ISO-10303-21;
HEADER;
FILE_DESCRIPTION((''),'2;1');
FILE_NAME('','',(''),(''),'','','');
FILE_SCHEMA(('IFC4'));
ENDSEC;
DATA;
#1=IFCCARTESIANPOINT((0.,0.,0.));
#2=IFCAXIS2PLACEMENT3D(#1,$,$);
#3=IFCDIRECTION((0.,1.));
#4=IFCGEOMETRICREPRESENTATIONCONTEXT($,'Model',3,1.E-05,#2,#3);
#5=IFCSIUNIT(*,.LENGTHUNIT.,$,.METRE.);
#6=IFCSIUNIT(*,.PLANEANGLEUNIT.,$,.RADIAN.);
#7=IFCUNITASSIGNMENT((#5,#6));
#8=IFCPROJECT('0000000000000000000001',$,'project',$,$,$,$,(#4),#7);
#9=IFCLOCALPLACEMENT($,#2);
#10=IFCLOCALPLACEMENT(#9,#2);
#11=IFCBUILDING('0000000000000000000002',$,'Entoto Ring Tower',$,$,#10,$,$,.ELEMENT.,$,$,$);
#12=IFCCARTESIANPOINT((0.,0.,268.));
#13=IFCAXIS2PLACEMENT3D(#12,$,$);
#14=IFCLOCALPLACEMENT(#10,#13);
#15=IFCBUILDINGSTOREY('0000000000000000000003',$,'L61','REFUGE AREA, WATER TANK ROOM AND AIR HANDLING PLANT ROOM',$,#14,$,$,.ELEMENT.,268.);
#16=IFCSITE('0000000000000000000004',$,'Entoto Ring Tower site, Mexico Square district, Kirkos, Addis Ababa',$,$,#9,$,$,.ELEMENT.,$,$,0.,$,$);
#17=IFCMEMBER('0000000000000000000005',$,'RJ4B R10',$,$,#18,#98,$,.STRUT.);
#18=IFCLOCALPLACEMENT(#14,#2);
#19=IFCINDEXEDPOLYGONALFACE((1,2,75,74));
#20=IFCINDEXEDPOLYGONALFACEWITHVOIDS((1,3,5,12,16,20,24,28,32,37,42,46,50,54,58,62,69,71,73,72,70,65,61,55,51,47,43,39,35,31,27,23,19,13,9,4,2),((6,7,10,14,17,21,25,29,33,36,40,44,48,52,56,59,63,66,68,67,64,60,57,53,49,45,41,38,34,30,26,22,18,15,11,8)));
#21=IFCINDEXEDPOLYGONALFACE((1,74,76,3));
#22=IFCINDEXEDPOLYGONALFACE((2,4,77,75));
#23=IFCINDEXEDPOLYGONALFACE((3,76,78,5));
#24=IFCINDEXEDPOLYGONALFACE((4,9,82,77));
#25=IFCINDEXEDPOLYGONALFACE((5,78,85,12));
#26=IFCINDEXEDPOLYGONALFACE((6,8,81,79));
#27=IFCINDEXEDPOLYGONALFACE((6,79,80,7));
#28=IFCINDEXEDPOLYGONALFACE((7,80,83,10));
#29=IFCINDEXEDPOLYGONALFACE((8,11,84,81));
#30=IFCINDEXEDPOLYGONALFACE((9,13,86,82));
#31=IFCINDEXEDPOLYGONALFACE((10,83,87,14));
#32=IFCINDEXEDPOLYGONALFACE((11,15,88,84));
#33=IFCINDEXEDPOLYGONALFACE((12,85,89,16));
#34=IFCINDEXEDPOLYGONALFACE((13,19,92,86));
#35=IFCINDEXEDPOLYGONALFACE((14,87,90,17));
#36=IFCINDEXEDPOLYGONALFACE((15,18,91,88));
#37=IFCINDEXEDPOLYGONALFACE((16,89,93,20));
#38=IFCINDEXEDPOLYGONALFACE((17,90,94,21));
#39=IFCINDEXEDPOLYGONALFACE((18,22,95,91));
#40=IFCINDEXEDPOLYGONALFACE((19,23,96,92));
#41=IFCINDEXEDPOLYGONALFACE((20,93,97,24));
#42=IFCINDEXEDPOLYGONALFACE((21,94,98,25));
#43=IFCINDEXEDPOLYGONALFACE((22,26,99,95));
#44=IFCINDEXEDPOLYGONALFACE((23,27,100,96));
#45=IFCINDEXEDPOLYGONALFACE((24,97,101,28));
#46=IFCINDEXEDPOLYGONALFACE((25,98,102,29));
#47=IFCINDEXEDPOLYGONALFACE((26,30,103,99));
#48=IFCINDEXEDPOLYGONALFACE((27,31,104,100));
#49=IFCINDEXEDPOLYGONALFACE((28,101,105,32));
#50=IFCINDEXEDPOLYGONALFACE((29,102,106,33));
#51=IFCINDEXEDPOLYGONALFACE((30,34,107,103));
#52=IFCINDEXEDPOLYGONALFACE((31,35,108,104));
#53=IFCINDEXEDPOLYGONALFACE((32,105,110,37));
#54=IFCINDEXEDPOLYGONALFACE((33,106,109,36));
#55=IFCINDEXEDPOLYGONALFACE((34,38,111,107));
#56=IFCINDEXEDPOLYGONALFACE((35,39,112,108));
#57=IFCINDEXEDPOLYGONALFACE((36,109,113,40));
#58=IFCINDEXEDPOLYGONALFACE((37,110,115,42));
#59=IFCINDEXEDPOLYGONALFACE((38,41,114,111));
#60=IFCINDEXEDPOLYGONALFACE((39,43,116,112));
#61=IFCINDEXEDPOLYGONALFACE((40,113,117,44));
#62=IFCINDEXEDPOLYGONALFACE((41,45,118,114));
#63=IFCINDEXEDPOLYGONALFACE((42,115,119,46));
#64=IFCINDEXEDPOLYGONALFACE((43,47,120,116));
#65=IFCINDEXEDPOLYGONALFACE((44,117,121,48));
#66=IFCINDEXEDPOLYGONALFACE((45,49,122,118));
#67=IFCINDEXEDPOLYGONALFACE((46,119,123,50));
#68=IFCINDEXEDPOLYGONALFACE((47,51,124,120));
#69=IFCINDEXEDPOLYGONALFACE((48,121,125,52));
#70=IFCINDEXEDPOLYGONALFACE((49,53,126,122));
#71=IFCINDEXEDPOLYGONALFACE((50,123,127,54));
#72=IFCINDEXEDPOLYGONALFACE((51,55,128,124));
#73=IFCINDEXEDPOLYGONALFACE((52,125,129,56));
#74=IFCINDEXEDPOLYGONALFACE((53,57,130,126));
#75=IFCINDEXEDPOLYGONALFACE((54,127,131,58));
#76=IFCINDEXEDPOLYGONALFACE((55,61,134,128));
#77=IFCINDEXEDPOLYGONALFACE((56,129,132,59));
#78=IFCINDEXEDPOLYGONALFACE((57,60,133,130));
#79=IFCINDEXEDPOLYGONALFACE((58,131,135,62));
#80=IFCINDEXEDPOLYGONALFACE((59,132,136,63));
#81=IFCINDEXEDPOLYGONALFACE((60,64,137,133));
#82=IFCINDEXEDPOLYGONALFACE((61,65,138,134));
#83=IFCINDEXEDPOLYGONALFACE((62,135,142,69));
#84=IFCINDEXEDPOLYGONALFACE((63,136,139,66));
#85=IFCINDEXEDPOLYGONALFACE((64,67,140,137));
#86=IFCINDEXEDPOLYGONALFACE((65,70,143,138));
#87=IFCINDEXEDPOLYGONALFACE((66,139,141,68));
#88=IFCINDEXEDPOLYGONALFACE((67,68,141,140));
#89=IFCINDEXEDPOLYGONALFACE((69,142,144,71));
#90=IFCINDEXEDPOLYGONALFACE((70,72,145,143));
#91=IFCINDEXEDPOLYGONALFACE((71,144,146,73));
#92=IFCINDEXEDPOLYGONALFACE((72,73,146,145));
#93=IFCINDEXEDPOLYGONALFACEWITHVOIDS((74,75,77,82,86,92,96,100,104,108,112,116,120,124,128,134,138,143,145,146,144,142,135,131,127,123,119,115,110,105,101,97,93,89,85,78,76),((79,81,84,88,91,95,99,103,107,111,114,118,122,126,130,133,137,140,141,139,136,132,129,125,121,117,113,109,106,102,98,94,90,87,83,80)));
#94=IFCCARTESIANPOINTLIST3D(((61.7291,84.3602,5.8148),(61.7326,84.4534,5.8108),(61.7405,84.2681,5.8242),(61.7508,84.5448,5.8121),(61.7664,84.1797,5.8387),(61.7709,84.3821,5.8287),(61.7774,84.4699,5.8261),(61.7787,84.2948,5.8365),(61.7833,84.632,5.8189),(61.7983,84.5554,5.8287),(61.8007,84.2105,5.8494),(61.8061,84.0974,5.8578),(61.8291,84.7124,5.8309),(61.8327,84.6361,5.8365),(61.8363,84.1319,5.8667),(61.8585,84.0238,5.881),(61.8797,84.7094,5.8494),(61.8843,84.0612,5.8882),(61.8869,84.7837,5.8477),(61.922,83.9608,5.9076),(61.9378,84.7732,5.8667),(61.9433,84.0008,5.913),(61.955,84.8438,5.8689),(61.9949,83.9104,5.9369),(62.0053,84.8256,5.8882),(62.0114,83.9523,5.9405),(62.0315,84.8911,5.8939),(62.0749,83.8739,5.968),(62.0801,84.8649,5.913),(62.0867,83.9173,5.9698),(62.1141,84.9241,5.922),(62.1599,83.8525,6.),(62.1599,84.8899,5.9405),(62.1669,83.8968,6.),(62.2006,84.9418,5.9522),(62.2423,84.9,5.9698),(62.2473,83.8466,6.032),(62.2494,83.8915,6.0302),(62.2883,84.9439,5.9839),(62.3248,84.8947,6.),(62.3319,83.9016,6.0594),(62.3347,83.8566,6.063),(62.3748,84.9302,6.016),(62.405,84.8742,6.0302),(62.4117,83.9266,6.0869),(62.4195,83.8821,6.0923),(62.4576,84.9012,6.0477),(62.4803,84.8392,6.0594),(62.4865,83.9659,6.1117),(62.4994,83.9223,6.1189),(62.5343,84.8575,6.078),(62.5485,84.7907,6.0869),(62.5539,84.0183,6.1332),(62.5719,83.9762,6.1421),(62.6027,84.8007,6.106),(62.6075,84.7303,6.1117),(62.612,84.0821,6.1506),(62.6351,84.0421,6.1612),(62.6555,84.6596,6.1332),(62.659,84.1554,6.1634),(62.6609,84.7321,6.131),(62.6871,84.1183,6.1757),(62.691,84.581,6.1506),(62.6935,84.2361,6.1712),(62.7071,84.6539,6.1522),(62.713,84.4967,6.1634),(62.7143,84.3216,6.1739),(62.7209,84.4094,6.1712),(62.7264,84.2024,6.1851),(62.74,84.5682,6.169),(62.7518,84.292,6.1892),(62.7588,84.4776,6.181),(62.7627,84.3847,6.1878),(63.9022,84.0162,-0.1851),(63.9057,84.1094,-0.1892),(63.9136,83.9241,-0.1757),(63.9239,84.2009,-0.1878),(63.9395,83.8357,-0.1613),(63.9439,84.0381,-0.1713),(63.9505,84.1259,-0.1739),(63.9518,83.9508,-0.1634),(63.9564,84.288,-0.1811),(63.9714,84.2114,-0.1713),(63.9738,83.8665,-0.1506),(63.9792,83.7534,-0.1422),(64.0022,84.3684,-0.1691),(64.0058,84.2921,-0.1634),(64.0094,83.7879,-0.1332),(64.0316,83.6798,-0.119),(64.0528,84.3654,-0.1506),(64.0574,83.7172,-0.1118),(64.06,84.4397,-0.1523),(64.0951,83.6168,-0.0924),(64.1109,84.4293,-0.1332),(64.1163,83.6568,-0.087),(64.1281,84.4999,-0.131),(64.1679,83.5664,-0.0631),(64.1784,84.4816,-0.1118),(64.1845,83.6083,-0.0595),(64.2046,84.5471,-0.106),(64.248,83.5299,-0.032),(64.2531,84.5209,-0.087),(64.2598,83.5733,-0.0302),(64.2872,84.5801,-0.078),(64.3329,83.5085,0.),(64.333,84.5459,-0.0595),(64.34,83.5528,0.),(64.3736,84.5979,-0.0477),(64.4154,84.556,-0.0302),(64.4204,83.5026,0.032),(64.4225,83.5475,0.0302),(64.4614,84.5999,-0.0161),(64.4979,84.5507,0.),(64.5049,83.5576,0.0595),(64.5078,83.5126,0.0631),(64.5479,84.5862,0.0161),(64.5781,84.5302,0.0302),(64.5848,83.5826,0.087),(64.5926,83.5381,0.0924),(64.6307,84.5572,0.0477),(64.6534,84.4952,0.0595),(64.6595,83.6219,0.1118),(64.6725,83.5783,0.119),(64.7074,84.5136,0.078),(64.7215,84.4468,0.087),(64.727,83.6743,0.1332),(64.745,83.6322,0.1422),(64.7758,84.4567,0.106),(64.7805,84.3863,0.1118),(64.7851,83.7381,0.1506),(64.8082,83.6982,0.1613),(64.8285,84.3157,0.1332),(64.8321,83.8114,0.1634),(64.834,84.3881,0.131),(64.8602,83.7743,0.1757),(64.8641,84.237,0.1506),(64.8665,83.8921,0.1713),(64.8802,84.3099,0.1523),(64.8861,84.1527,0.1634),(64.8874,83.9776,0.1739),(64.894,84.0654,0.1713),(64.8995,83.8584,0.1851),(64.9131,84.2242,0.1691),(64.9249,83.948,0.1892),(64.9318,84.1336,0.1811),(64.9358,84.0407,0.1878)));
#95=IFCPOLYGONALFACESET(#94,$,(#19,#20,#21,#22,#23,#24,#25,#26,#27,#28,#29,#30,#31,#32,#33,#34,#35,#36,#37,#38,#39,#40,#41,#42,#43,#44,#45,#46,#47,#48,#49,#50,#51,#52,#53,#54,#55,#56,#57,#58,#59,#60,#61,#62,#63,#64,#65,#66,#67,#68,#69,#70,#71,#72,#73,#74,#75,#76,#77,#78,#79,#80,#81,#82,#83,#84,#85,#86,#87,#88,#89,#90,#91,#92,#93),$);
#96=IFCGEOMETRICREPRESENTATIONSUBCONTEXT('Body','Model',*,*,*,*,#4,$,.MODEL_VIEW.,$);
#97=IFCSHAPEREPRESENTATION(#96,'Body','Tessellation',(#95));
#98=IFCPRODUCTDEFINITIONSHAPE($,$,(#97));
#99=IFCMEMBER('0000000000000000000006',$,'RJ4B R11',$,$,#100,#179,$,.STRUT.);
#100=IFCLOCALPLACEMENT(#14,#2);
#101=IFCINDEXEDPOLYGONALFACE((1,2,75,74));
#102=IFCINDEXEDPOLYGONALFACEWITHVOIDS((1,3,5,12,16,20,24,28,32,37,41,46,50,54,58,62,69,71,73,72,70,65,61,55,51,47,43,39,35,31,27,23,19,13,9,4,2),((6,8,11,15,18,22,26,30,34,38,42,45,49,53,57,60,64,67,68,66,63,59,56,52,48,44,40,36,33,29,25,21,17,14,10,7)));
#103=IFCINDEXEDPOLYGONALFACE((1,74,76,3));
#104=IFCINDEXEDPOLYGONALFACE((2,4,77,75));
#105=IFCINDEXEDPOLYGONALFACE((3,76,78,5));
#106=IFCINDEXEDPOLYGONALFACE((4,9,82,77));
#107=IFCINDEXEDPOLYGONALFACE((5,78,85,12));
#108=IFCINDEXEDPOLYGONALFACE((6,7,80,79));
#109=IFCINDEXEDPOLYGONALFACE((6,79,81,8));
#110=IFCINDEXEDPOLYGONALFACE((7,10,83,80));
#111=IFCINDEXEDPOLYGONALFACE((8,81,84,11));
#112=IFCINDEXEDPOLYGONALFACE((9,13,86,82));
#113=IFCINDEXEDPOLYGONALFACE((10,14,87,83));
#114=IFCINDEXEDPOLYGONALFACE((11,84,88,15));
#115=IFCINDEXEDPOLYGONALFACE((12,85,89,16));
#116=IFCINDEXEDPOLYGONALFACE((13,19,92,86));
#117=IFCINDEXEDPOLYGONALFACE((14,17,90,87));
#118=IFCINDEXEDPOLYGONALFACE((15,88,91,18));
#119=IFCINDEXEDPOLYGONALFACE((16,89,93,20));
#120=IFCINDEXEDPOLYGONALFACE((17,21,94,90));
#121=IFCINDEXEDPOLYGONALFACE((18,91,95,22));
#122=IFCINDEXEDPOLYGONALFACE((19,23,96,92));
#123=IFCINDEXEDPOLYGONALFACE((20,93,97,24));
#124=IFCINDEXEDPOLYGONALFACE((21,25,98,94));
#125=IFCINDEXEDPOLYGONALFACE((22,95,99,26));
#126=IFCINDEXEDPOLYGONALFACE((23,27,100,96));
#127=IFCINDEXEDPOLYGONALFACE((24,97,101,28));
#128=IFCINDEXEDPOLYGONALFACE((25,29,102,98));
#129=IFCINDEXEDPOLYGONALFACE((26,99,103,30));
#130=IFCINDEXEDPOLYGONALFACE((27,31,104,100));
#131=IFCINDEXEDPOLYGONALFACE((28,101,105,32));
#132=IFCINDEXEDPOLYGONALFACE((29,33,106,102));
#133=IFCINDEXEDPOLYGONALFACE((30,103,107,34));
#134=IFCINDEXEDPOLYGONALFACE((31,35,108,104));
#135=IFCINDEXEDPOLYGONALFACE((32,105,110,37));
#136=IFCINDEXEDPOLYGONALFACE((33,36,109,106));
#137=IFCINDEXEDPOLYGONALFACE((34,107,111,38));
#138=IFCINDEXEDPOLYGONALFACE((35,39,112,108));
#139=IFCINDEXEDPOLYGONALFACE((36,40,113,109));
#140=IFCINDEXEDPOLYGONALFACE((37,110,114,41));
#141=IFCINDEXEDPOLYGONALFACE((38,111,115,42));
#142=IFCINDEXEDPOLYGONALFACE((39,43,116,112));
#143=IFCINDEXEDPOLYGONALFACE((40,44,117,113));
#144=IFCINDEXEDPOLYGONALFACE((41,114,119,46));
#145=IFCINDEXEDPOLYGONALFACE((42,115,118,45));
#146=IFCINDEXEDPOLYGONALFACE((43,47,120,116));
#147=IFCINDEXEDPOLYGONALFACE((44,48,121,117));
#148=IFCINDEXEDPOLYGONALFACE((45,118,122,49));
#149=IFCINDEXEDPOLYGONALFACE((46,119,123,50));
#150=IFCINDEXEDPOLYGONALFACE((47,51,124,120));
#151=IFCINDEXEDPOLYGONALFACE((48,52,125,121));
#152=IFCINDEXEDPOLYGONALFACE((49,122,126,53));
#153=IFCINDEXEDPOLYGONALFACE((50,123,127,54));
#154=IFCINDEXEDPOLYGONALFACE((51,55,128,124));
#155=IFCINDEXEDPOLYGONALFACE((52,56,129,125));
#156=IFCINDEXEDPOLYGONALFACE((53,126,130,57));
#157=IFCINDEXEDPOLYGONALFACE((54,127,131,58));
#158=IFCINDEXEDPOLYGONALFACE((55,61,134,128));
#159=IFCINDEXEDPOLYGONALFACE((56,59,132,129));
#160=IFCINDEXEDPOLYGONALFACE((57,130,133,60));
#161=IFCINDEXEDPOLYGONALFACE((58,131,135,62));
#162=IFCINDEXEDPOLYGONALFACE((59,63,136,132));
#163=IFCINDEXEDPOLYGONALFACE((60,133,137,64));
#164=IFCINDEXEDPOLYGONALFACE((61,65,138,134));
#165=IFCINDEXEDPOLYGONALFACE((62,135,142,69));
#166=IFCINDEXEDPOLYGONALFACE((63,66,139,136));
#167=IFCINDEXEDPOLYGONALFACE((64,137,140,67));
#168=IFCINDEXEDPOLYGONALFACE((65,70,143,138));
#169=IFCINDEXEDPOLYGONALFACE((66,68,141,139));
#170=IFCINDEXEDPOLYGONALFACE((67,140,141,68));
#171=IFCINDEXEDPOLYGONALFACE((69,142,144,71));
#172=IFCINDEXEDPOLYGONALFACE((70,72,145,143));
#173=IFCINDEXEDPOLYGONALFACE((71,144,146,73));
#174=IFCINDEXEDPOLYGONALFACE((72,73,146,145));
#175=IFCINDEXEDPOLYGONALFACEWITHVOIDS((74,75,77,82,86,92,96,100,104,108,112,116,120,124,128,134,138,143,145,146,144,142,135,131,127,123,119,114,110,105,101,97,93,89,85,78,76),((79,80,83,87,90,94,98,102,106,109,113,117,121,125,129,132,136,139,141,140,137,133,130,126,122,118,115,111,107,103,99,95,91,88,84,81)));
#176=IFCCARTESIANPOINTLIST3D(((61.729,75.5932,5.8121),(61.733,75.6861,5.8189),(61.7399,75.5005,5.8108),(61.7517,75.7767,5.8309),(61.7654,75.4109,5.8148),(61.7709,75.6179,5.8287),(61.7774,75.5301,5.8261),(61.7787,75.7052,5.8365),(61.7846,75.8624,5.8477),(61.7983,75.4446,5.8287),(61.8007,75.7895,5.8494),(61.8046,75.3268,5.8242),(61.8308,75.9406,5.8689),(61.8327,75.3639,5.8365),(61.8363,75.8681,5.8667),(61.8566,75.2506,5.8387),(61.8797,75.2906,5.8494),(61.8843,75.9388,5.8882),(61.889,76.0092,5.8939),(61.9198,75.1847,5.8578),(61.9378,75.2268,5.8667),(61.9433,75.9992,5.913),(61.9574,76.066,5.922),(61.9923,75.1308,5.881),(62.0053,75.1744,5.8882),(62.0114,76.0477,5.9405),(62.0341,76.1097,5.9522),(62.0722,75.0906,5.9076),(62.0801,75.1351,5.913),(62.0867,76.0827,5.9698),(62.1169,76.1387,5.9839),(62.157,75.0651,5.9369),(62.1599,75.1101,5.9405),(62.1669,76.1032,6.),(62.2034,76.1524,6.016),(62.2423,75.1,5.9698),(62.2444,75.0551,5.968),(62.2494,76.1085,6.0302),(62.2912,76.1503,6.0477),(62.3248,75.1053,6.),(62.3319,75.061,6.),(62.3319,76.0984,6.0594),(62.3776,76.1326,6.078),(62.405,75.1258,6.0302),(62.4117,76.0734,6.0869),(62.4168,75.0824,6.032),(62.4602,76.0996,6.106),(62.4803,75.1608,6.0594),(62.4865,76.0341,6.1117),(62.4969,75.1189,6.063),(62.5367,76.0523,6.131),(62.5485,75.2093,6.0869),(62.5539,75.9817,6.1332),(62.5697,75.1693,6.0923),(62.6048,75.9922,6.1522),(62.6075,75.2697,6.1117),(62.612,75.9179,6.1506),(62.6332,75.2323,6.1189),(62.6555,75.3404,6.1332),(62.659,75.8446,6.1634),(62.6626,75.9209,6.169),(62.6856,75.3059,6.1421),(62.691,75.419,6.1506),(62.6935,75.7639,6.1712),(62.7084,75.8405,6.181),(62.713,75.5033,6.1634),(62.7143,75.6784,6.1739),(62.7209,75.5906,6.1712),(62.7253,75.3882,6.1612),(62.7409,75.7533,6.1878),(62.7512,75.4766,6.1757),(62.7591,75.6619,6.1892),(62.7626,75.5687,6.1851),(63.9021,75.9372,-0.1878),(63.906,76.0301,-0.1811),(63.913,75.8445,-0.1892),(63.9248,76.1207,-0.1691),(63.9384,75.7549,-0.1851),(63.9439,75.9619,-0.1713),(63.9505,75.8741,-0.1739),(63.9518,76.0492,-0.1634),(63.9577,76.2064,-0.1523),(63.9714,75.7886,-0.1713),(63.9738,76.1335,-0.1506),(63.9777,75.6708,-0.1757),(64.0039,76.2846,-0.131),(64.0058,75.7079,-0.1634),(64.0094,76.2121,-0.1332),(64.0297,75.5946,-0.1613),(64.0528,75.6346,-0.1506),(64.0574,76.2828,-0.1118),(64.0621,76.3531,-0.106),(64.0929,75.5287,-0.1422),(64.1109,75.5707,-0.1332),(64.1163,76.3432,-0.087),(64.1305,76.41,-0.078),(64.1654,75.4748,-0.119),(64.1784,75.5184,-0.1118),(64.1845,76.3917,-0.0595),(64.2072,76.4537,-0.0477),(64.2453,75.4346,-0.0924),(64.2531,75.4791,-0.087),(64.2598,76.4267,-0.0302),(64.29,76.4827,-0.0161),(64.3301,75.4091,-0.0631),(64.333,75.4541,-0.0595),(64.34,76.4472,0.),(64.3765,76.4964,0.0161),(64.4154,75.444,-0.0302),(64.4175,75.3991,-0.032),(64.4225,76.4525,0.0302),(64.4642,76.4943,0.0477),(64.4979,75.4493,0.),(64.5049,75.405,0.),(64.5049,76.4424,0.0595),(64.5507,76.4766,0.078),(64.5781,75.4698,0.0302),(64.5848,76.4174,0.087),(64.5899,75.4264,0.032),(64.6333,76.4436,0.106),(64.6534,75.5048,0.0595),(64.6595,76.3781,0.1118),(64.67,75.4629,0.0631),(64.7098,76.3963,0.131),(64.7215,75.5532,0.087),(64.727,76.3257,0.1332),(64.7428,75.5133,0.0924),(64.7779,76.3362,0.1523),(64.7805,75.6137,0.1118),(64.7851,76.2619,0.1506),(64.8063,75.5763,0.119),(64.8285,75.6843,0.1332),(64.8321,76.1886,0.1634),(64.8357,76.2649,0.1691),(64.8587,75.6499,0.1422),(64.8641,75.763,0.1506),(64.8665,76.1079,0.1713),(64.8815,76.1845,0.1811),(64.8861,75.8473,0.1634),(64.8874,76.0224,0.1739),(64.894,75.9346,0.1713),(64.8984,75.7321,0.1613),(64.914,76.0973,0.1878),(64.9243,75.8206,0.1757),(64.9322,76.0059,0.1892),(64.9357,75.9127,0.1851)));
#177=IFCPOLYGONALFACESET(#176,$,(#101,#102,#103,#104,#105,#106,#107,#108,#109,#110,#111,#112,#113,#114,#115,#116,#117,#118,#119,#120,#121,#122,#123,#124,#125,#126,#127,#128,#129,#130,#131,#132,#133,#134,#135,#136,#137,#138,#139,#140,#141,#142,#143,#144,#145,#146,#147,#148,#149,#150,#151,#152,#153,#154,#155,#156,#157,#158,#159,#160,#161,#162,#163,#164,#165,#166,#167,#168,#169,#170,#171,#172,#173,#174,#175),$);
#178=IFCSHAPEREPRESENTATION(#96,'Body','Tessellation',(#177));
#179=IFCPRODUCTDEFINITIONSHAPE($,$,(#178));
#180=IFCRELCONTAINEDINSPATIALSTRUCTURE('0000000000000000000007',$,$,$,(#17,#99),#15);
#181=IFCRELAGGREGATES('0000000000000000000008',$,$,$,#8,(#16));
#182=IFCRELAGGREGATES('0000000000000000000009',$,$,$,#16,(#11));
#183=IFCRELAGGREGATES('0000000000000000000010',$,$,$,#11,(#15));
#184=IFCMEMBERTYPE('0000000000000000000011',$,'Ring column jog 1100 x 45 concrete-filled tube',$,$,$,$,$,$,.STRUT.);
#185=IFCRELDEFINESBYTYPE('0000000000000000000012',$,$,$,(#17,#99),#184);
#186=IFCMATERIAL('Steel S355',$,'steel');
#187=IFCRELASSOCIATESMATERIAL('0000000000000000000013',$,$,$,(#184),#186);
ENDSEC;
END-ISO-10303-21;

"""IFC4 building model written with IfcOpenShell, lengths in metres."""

from ifc_helpers import new_model, si_unit, direction, frame, origin, origin_2d, place, context, subcontext, project, spatial, circle, hollow_circle, extrude, material, material_profile, profile_set, type_object, element, save


model = new_model("IFC4")

# Units and contexts
model_context = context("Model", 3, precision=1e-05, world=origin(), true_north=direction((0.0, 1.0)))
body_context = subcontext(model_context, "Body", "Model", "MODEL_VIEW")
ifc_project = project(units=[si_unit("LENGTHUNIT", "METRE"), si_unit("PLANEANGLEUNIT", "RADIAN")], contexts=[model_context])

# Site, building, storey
site_placement = place(None, origin())
site = spatial("IfcSite", under=ifc_project, at=site_placement, Name="Entoto Ring Tower site, Mexico Square district, Kirkos, Addis Ababa", CompositionType="ELEMENT", RefElevation=0.0)
building_placement = place(site_placement, origin())
building = spatial("IfcBuilding", under=site, at=building_placement, Name="Entoto Ring Tower", CompositionType="ELEMENT")
storey_placement = place(building_placement, frame((0.0, 0.0, 268.0)))
storey = spatial("IfcBuildingStorey", under=building, at=storey_placement, Name="L61", Description="REFUGE AREA, WATER TANK ROOM AND AIR HANDLING PLANT ROOM", CompositionType="ELEMENT", Elevation=268.0)

# Members
ifc_material_1 = material(Name="Steel S355", Category="steel")
ifc_material_profile_1 = material_profile(ifc_material_1, hollow_circle(Radius=0.55, WallThickness=0.0449, at=origin_2d()), Name="CHS 1100 x 45")
ifc_material_2 = material(Name="Concrete C60/75", Category="concrete")
ifc_material_profile_2 = material_profile(ifc_material_2, circle(Radius=0.5049, at=origin_2d()), Name="Concrete C60/75 infill")
ifc_profile_set_1 = profile_set([ifc_material_profile_1, ifc_material_profile_2], Name="Steel S355")
member_type_1 = type_object("IfcMemberType", Name="Ring column jog 1100 x 45 concrete-filled tube", PredefinedType="STRUT", material=ifc_profile_set_1)
for number, where, z_axis, x_axis, name in (
    (1, (64.4189, 84.0518, 0.0), (-0.340042, 0.053828, 0.938869), (-0.15635, -0.987702, 0.0), "RJ4B R10"),
    (2, (64.4189, 75.9482, 0.0), (-0.340042, -0.053828, 0.938869), (0.15635, -0.987702, 0.0), "RJ4B R11"),
):
    element("IfcMember", number, at=place(storey_placement, frame(where, z_axis=z_axis, x_axis=x_axis)), inside=storey, type_object=member_type_1, Name=name, PredefinedType="STRUT", context=body_context, shape_type="SweptSolid", body=[
        extrude(hollow_circle(Radius=0.55, WallThickness=0.0449, at=origin_2d()), origin(), (0.0, 0.0, 1.0), 6.3906),
    ])

save(model, "model.ifc")
